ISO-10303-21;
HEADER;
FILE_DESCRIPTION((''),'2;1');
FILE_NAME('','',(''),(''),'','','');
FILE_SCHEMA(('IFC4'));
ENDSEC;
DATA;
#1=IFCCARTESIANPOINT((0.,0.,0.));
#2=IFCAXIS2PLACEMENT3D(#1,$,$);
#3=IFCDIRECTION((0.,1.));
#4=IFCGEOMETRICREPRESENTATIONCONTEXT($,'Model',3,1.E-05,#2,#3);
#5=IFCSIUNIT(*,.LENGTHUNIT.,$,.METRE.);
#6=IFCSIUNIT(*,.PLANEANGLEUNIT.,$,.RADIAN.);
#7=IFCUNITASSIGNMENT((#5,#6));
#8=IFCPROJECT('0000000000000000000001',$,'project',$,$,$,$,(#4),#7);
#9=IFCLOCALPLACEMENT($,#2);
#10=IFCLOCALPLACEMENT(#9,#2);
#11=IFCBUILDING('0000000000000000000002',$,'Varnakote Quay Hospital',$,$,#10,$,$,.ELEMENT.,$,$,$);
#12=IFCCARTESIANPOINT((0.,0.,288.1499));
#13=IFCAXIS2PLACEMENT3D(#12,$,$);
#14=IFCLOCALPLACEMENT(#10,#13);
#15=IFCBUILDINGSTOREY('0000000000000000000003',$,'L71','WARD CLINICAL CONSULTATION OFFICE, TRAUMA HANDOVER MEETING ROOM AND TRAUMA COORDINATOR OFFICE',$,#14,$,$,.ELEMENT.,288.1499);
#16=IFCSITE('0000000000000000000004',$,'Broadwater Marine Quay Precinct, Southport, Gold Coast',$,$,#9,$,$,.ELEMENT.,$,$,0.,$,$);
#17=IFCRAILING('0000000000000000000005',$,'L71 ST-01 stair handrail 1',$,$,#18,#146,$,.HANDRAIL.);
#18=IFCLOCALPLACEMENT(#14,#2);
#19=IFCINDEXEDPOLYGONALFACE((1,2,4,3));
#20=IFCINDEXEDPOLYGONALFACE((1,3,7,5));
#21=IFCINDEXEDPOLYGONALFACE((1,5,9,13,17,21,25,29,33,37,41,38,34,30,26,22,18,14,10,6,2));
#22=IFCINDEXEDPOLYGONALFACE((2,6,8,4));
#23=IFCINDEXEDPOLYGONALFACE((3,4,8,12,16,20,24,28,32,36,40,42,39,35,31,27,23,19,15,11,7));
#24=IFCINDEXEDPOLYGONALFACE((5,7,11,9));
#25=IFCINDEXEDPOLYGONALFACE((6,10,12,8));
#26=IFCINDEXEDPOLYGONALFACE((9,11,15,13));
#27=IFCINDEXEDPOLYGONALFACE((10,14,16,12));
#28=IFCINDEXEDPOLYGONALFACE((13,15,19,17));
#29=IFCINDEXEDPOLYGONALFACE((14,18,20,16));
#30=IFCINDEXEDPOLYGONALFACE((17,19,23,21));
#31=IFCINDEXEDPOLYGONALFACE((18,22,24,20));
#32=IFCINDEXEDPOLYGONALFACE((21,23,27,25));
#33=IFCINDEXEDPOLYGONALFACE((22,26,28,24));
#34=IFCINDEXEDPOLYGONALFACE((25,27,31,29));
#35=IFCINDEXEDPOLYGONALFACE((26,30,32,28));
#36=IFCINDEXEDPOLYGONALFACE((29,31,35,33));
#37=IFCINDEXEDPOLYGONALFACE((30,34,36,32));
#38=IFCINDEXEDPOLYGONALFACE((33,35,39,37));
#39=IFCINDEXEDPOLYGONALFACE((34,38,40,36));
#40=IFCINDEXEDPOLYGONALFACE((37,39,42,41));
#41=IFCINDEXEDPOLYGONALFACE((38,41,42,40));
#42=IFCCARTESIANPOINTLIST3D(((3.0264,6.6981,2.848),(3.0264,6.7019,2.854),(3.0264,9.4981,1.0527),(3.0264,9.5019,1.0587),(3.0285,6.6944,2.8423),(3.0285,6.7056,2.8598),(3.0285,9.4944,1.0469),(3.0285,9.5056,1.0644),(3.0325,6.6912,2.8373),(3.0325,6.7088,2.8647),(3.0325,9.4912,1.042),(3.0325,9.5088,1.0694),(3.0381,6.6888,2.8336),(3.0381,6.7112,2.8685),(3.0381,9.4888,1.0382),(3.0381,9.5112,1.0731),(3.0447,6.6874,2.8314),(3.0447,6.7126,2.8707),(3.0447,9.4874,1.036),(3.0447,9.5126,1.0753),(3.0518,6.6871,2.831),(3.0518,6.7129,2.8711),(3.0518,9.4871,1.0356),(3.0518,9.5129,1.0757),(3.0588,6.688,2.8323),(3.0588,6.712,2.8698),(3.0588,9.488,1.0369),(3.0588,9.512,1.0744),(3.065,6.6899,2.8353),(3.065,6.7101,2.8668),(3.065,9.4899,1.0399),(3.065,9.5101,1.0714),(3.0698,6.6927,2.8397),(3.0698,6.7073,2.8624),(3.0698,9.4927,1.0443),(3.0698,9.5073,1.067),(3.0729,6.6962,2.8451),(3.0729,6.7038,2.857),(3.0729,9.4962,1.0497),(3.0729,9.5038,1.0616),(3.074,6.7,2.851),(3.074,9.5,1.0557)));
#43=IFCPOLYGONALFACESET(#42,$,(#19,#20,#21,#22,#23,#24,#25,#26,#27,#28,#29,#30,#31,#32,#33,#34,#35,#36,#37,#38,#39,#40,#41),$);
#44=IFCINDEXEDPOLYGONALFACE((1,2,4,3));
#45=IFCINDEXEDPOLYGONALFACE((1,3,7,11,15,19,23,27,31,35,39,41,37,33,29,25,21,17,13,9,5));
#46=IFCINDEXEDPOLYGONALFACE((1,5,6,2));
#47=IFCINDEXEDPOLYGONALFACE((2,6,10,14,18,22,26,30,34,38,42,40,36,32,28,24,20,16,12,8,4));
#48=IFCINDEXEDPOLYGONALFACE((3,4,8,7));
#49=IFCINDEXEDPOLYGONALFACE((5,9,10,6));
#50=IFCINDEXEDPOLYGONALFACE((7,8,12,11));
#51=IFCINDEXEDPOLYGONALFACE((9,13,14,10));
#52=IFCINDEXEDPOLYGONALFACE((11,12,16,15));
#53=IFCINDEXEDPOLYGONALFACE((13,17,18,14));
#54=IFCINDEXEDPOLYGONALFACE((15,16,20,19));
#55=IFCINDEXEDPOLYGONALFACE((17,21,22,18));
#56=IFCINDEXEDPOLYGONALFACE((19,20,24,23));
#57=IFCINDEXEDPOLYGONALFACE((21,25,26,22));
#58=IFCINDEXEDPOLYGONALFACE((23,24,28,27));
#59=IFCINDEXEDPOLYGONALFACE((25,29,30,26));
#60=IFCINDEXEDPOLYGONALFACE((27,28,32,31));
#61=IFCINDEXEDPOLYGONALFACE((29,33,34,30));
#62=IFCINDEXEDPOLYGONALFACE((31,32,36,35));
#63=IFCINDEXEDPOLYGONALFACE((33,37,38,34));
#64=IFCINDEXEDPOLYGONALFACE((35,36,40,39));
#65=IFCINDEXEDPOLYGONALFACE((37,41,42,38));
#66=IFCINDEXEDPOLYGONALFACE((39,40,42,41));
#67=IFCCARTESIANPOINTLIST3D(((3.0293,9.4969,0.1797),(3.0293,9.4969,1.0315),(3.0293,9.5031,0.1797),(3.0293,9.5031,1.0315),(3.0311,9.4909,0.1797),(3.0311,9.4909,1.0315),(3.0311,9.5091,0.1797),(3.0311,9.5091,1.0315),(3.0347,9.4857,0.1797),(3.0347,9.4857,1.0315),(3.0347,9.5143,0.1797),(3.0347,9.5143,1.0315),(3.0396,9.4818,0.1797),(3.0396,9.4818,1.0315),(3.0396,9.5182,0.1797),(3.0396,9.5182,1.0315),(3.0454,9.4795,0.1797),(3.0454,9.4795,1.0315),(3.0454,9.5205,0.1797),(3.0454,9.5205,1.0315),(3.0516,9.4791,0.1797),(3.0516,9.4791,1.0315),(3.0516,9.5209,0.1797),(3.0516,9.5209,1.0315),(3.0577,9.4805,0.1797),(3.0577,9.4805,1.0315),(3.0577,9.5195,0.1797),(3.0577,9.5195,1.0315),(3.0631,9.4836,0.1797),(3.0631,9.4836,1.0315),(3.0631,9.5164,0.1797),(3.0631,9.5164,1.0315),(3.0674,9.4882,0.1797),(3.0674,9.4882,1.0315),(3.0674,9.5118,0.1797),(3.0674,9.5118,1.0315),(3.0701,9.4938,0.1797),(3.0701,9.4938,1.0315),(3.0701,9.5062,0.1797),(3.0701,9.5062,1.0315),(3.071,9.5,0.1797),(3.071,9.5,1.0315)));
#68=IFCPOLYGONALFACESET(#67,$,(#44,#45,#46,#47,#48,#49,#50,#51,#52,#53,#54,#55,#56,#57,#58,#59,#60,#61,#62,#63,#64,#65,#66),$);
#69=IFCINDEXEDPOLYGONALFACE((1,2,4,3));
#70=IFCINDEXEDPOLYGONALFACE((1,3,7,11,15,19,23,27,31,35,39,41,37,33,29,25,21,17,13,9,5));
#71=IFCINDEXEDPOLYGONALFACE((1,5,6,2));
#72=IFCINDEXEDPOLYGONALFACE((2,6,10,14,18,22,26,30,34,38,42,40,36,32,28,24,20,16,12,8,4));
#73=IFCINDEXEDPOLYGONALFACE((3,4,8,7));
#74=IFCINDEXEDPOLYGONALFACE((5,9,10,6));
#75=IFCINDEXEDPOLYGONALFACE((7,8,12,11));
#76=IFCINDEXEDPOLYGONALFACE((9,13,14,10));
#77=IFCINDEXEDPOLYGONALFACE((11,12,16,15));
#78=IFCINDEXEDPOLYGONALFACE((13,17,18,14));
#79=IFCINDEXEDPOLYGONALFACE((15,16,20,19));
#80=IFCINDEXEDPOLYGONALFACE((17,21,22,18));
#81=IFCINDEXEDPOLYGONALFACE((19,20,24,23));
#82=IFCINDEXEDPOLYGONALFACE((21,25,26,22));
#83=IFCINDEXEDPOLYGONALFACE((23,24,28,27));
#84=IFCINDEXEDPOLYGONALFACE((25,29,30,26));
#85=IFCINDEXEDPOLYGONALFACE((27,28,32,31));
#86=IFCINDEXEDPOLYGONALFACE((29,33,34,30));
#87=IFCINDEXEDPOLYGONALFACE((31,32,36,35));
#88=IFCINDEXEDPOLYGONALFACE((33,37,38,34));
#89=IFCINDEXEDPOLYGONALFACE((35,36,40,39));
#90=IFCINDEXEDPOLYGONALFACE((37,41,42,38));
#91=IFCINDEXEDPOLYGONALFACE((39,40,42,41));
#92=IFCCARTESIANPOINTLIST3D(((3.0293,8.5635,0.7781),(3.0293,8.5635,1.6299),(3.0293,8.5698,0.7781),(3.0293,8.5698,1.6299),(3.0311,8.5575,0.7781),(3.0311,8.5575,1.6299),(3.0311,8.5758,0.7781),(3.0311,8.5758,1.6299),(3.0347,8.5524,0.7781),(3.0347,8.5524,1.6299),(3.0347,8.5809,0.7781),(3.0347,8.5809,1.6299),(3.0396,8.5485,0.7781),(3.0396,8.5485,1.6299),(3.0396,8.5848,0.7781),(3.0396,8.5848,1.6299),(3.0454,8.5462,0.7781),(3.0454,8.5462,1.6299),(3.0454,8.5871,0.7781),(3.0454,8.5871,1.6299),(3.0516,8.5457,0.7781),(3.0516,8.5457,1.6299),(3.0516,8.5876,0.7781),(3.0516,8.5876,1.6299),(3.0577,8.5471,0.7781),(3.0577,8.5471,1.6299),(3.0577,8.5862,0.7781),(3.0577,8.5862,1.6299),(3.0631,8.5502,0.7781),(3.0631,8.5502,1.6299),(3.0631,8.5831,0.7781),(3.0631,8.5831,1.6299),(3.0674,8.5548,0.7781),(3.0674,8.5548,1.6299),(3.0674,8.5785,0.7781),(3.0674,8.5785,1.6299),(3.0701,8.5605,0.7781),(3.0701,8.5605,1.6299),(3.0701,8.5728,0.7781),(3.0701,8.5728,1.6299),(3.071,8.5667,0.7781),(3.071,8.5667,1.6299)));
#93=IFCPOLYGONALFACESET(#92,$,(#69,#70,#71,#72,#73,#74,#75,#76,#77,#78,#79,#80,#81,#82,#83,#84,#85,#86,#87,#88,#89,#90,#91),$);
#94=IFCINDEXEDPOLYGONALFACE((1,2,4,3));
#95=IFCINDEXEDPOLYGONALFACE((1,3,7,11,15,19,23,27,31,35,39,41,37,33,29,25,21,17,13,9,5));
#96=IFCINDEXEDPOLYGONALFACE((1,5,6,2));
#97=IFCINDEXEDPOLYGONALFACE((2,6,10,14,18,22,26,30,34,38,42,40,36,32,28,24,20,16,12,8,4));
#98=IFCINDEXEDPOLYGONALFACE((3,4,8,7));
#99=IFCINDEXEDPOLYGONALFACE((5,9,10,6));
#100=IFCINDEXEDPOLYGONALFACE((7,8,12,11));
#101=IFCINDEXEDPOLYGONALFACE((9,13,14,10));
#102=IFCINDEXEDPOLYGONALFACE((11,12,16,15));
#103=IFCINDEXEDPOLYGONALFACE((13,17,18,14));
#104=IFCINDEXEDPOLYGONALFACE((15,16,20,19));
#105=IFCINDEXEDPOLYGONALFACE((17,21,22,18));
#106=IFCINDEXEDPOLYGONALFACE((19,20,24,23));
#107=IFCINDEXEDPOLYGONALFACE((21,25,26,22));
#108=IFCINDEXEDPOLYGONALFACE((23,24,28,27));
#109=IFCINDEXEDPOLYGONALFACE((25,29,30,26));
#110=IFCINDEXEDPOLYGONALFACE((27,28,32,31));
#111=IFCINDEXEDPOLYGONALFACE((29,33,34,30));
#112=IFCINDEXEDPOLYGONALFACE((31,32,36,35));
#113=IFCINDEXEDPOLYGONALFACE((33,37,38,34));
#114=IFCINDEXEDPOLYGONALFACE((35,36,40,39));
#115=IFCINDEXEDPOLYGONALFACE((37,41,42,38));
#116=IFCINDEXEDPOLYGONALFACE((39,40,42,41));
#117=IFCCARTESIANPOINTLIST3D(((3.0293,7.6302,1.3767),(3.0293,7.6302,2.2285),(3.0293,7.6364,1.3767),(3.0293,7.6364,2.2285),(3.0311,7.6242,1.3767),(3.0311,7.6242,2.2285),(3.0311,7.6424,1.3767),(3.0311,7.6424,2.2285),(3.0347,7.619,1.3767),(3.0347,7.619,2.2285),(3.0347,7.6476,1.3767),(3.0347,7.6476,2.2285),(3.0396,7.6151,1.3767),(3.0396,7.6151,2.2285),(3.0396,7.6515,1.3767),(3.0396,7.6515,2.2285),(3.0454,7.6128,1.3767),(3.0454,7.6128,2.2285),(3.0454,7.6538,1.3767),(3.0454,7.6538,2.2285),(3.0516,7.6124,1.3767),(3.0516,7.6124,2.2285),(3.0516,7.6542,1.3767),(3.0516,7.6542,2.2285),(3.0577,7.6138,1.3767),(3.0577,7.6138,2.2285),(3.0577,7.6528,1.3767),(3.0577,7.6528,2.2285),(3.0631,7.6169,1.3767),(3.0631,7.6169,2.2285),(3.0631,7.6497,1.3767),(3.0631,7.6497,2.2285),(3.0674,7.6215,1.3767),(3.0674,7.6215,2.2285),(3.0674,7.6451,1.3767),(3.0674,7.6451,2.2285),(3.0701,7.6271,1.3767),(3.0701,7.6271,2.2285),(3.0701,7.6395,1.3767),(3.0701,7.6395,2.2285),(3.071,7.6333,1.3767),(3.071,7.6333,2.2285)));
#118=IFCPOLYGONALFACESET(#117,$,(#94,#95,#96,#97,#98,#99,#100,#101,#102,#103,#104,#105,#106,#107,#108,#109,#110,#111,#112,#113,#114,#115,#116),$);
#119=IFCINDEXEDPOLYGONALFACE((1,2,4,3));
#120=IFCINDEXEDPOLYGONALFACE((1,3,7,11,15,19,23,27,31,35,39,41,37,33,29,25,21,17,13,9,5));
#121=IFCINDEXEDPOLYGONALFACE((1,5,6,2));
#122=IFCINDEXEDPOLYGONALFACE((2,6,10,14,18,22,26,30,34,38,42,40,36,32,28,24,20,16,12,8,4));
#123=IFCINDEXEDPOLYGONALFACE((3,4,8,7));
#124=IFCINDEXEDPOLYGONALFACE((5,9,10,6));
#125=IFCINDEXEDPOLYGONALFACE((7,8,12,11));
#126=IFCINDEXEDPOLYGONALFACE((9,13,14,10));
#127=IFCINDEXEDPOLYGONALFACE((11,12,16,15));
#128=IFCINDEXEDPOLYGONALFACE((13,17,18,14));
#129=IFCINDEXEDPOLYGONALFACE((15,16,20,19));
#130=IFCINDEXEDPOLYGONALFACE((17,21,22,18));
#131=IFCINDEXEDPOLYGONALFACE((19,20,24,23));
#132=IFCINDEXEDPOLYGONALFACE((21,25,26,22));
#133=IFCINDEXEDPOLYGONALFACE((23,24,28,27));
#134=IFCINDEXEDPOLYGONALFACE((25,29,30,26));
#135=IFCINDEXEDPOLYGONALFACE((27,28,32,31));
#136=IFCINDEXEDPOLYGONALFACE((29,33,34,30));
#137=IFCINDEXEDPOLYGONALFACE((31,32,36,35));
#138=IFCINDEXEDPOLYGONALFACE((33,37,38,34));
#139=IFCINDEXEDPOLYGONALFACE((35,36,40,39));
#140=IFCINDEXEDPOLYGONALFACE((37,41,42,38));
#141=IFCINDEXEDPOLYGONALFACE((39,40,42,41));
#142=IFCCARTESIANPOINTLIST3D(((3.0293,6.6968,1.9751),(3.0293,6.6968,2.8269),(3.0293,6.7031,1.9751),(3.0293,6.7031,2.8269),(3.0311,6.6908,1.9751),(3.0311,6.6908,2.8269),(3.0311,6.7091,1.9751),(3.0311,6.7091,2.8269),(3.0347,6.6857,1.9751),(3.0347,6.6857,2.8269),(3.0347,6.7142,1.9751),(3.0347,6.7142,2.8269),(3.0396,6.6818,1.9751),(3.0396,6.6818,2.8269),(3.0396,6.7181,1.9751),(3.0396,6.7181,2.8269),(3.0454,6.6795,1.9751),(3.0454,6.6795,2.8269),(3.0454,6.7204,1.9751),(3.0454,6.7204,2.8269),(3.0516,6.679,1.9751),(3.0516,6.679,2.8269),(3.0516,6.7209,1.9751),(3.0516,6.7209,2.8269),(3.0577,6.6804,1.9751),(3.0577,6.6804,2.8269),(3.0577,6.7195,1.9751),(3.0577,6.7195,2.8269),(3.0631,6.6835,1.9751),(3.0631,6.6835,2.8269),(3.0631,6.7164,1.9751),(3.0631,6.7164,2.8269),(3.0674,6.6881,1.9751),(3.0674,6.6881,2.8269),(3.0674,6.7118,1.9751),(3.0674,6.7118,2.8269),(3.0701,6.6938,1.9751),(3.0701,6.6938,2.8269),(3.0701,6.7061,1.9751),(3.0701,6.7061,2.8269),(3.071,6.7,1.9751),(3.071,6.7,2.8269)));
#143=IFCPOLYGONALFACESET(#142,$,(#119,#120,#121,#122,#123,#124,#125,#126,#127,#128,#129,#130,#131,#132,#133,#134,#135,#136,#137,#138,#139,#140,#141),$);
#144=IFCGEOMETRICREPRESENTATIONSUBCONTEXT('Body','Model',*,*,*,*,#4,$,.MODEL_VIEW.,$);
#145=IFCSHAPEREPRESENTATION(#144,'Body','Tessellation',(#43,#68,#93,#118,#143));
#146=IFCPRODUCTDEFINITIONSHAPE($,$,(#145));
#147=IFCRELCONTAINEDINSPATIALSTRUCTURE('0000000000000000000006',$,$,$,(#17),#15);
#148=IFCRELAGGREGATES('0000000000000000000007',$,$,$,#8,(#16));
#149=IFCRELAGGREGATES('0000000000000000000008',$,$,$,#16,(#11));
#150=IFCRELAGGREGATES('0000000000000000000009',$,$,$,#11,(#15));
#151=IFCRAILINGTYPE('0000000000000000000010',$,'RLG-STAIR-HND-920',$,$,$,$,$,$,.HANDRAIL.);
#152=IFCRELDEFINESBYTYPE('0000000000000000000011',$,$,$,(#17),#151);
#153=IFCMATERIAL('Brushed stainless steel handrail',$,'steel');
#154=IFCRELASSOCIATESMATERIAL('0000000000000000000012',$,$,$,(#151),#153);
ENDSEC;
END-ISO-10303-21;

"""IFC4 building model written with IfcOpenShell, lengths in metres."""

from ifc_helpers import new_model, si_unit, direction, frame, origin, origin_2d, place, context, subcontext, project, spatial, circle, extrude, material, type_object, element, save


model = new_model("IFC4")

# Units and contexts
model_context = context("Model", 3, precision=1e-05, world=origin(), true_north=direction((0.0, 1.0)))
body_context = subcontext(model_context, "Body", "Model", "MODEL_VIEW")
ifc_project = project(units=[si_unit("LENGTHUNIT", "METRE"), si_unit("PLANEANGLEUNIT", "RADIAN")], contexts=[model_context])

# Site, building, storey
site_placement = place(None, origin())
site = spatial("IfcSite", under=ifc_project, at=site_placement, Name="Broadwater Marine Quay Precinct, Southport, Gold Coast", CompositionType="ELEMENT", RefElevation=0.0)
building_placement = place(site_placement, origin())
building = spatial("IfcBuilding", under=site, at=building_placement, Name="Varnakote Quay Hospital", CompositionType="ELEMENT")
storey_placement = place(building_placement, frame((0.0, 0.0, 288.1499)))
storey = spatial("IfcBuildingStorey", under=building, at=storey_placement, Name="L71", Description="WARD CLINICAL CONSULTATION OFFICE, TRAUMA HANDOVER MEETING ROOM AND TRAUMA COORDINATOR OFFICE", CompositionType="ELEMENT", Elevation=288.1499)

# Railing
ifc_material_1 = material(Name="Brushed stainless steel handrail", Category="steel")
railing_type_1 = type_object("IfcRailingType", Name="RLG-STAIR-HND-920", PredefinedType="HANDRAIL", material=ifc_material_1)
railing_1_placement = place(storey_placement, frame((3.05, 9.5, 0.1797)))
element("IfcRailing", 1, at=railing_1_placement, inside=storey, type_object=railing_type_1, Name="L71 ST-01 stair handrail 1", PredefinedType="HANDRAIL", context=body_context, shape_type="SweptSolid", body=[
    extrude(circle(Radius=0.0239, at=origin_2d()), frame((0.0, 0.0, 0.876), z_axis=(0.0, -0.84181, 0.539774), x_axis=(1.0, 0.0, 0.0)), (0.0, 0.0, 1.0), 3.3262),
    extrude(circle(Radius=0.021, at=origin_2d()), origin(), (0.0, 0.0, 1.0), 0.8518),
    extrude(circle(Radius=0.021, at=origin_2d()), frame((0.0, -0.9333, 0.5984)), (0.0, 0.0, 1.0), 0.8518),
    extrude(circle(Radius=0.021, at=origin_2d()), frame((0.0, -1.8667, 1.197)), (0.0, 0.0, 1.0), 0.8518),
    extrude(circle(Radius=0.021, at=origin_2d()), frame((0.0, -2.8, 1.7954)), (0.0, 0.0, 1.0), 0.8518),
])

save(model, "model.ifc")
